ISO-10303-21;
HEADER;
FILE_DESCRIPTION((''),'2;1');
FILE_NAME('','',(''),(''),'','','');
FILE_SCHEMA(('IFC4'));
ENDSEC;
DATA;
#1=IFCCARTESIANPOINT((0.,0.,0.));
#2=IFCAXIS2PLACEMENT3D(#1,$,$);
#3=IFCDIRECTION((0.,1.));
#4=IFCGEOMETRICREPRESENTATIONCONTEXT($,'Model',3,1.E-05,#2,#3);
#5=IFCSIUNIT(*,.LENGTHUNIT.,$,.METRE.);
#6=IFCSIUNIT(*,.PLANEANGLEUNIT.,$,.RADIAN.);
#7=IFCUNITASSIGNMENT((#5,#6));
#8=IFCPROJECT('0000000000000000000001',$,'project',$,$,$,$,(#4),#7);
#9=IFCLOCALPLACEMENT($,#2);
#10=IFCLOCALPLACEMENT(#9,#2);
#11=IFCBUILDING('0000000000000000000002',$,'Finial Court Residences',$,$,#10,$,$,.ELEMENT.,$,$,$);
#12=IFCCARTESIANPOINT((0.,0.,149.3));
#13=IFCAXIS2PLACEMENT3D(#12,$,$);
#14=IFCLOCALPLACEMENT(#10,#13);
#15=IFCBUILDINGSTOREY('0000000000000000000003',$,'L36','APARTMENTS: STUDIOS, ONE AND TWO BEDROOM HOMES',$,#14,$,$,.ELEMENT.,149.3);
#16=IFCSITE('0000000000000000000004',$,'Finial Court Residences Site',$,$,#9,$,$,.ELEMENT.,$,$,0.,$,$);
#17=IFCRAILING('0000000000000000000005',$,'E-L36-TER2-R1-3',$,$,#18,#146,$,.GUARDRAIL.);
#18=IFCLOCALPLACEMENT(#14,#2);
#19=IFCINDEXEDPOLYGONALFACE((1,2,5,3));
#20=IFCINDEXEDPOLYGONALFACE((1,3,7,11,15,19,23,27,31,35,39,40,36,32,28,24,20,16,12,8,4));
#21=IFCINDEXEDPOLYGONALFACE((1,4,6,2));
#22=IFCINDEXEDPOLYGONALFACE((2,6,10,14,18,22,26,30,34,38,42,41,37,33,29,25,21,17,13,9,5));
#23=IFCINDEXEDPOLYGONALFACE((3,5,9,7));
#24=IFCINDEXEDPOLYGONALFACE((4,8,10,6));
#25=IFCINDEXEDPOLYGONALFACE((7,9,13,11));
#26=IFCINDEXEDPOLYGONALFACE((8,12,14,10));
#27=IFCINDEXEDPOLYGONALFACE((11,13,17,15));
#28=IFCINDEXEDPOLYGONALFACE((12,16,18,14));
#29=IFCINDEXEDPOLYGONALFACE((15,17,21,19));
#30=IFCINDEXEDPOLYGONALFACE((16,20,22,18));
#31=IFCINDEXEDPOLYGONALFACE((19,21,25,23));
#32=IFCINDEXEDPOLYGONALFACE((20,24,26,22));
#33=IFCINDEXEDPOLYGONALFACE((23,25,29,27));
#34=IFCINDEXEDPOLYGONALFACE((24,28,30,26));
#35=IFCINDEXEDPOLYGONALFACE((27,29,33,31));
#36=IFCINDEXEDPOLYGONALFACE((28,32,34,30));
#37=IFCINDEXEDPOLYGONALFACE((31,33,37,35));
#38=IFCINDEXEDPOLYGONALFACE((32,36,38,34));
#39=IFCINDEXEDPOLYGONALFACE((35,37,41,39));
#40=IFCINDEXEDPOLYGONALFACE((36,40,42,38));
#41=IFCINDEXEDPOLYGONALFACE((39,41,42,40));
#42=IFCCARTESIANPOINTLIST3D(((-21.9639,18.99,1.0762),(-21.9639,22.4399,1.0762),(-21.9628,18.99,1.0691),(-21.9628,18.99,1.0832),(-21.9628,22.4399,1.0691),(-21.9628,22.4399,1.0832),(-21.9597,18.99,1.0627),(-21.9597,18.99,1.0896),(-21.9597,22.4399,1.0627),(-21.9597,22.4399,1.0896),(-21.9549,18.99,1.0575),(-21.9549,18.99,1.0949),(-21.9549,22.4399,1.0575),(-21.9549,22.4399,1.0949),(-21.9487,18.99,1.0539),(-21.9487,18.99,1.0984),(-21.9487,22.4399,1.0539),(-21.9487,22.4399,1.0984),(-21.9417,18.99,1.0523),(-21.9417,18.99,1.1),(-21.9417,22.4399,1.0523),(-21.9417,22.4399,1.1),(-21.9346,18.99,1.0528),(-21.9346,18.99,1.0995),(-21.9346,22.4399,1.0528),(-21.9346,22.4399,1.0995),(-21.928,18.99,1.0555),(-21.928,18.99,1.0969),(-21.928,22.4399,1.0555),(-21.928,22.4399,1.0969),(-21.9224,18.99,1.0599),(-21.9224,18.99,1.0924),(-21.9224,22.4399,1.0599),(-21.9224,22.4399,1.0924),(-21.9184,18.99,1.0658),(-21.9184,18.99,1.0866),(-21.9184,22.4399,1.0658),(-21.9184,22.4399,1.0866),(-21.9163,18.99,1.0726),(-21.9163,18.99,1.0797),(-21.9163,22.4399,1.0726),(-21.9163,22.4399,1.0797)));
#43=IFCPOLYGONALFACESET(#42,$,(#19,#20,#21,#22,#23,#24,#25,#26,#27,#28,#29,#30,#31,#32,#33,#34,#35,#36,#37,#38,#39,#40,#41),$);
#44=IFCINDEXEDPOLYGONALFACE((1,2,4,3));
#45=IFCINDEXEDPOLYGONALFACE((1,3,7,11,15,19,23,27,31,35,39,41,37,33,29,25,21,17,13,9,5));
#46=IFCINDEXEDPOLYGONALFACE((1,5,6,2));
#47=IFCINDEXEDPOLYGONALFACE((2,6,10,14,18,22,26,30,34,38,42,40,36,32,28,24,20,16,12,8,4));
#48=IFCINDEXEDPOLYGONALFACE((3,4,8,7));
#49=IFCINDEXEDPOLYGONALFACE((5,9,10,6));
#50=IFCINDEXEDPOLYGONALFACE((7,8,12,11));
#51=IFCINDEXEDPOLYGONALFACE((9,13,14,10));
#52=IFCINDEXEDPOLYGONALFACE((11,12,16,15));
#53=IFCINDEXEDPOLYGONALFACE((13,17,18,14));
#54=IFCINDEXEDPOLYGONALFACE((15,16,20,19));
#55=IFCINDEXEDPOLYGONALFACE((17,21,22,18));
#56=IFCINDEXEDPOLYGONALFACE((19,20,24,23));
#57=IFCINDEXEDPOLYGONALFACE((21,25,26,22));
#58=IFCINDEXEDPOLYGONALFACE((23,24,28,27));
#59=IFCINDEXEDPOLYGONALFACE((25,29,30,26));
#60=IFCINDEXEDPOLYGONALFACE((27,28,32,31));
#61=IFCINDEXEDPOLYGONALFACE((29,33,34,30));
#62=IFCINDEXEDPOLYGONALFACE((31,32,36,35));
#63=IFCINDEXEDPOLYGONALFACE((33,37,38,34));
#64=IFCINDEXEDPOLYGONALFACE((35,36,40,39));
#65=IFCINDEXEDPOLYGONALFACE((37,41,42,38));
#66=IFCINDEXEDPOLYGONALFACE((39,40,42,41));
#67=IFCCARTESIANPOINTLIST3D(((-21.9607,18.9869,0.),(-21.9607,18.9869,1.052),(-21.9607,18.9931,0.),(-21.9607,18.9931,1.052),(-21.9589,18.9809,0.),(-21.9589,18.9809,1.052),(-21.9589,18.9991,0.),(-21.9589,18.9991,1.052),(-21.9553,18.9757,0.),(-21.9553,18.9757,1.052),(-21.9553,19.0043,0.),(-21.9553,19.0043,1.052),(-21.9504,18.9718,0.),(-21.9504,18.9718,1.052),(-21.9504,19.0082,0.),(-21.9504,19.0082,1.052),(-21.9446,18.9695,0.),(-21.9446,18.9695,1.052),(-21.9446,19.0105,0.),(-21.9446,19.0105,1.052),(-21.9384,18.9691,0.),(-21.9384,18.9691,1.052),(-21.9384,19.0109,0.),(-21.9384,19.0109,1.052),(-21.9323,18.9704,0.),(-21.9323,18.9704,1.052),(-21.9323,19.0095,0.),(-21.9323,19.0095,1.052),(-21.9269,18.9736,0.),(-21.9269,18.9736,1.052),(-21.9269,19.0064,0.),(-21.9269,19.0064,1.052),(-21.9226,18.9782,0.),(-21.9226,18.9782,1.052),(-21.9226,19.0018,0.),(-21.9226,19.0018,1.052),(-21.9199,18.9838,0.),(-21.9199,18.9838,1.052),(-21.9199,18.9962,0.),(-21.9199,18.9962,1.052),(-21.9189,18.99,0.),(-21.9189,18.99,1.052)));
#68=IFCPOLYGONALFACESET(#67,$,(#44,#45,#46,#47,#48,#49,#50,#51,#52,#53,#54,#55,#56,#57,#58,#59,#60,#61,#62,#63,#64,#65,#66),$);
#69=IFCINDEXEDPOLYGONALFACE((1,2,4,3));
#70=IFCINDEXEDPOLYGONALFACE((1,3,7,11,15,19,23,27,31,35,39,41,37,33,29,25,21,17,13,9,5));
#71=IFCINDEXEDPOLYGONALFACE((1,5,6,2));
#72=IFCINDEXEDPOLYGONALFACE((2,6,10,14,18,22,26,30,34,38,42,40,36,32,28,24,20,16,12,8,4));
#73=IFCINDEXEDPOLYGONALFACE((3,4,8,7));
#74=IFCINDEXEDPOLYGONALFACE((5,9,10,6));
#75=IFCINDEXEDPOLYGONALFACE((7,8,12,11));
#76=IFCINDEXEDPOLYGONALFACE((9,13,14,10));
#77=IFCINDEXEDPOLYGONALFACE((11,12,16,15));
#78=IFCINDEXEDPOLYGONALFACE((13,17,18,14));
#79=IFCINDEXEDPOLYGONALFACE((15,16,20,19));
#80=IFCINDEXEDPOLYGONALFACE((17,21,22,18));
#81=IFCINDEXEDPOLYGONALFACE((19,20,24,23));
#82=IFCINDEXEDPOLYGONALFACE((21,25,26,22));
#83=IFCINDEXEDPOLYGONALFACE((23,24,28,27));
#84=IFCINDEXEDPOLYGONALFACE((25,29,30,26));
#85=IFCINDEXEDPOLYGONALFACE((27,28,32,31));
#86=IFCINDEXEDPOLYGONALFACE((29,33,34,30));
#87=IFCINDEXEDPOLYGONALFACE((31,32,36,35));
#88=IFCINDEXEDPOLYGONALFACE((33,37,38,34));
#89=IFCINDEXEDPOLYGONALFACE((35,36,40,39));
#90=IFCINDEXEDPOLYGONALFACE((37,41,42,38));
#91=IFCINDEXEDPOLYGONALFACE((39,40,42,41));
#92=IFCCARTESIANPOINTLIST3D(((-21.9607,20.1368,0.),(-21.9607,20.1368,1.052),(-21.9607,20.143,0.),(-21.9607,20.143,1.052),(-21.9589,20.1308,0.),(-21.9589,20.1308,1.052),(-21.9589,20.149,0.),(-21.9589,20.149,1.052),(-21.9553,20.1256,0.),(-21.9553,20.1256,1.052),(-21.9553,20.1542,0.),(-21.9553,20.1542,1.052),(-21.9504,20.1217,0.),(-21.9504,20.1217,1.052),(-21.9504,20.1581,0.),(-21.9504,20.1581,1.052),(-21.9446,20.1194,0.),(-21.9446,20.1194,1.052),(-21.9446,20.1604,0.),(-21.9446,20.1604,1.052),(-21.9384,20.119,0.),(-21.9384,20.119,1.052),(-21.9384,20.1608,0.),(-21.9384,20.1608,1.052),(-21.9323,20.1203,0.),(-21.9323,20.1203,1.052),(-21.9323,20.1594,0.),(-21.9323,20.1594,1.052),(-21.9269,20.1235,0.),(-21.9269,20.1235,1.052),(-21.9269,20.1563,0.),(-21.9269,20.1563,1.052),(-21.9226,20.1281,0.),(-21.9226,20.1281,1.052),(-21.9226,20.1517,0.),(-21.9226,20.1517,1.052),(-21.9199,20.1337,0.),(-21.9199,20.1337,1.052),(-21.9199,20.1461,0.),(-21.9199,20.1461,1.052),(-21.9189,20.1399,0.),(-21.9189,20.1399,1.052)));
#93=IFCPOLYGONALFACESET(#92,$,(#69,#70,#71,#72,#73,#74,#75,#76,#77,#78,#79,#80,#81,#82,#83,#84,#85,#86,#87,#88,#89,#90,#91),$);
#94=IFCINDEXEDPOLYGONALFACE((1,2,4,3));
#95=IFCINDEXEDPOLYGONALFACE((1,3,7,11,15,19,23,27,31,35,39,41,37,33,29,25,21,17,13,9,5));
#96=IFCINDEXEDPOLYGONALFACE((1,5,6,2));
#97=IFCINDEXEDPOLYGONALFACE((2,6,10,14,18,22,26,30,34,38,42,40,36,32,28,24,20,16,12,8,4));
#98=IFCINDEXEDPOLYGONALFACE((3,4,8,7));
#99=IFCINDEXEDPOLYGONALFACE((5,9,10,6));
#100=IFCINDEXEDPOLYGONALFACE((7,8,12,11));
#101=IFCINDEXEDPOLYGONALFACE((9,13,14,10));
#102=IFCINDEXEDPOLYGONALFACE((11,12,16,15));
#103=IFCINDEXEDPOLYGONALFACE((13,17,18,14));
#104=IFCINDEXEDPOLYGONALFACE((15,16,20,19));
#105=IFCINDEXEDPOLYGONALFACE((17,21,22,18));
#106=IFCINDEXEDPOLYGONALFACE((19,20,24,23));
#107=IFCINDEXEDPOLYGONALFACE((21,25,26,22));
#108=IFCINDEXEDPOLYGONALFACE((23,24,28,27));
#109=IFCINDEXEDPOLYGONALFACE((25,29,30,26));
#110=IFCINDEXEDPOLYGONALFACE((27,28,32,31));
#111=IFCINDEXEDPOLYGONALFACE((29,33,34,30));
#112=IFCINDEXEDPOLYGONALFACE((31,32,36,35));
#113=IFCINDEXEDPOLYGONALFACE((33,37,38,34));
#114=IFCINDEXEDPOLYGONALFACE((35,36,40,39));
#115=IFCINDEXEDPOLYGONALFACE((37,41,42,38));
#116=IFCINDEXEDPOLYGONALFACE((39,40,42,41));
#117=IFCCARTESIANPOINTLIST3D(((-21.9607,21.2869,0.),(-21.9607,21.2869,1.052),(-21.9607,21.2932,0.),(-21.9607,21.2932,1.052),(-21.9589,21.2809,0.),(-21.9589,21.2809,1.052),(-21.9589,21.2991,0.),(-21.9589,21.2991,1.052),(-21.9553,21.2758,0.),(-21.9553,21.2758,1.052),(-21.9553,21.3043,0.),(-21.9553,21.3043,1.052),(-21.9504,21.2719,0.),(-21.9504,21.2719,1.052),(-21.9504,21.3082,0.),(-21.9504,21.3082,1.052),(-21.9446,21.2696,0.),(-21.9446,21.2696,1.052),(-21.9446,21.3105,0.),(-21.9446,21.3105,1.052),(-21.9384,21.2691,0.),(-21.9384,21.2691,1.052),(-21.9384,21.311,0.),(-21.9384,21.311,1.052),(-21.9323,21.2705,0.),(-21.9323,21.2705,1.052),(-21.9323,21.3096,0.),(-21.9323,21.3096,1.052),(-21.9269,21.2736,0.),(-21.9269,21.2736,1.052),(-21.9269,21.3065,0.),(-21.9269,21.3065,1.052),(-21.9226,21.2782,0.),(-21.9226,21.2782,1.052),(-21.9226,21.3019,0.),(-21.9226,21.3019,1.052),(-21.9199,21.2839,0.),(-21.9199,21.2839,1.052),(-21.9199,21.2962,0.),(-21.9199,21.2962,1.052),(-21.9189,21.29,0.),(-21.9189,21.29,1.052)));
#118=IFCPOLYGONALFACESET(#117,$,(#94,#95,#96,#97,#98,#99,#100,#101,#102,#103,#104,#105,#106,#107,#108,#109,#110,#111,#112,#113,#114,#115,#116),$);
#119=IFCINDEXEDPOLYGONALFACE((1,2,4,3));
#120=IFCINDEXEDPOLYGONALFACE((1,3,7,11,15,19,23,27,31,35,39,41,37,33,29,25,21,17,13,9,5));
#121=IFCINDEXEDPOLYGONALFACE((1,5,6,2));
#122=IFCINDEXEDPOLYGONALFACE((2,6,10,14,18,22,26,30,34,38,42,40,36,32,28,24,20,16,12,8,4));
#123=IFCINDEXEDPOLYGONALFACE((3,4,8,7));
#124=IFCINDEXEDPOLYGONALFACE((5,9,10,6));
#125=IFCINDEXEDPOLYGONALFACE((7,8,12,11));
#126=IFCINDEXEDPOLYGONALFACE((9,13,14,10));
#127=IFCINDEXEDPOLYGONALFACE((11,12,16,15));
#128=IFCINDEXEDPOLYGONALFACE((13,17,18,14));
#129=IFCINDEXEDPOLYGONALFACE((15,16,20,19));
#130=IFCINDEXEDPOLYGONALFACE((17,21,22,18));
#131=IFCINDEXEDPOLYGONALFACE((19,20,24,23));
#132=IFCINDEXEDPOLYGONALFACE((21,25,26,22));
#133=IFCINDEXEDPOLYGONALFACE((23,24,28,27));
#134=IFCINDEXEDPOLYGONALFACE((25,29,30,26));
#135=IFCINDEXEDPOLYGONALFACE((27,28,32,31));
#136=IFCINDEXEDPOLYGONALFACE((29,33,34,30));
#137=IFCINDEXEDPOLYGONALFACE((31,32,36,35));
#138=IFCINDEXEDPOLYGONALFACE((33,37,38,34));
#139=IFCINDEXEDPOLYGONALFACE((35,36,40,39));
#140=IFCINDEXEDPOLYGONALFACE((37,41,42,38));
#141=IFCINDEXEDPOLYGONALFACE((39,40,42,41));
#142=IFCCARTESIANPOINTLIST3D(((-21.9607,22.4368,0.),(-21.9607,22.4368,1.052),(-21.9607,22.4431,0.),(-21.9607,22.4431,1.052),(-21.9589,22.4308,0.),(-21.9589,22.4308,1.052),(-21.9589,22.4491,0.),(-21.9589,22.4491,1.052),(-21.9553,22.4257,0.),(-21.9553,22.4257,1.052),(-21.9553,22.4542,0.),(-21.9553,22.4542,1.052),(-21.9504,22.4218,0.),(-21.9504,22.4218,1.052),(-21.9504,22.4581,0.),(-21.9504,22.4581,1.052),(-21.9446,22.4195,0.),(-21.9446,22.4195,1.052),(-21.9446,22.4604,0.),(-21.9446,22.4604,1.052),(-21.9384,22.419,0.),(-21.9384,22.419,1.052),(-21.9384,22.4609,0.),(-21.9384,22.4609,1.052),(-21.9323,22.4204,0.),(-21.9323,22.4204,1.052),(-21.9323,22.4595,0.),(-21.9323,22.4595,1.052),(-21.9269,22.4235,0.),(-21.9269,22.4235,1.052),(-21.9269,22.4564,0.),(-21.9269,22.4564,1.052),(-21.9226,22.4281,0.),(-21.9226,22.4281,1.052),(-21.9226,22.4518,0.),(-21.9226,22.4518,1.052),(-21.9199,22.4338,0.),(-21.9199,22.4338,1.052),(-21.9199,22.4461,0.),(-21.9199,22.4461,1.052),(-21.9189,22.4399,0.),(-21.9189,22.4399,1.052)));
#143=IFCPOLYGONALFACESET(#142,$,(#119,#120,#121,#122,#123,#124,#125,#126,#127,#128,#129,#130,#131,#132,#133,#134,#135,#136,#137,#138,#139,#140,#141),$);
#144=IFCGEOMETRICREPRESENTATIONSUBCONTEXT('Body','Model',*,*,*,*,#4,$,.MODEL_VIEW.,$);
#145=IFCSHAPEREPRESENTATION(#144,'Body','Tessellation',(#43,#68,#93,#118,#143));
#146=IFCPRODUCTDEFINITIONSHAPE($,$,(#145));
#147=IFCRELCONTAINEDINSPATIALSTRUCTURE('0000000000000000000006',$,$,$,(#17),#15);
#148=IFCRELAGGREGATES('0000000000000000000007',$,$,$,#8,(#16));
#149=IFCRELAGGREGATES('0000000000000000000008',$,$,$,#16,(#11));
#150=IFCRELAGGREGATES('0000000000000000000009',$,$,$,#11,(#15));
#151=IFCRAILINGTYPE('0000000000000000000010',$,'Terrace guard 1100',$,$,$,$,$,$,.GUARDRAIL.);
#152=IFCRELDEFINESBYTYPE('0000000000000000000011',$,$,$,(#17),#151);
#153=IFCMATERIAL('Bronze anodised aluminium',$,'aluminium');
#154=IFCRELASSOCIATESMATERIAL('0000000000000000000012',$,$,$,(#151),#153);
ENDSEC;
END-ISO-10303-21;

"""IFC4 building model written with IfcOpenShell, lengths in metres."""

from ifc_helpers import new_model, si_unit, direction, frame, origin, origin_2d, place, context, subcontext, project, spatial, circle, extrude, material, type_object, element, save


model = new_model("IFC4")

# Units and contexts
model_context = context("Model", 3, precision=1e-05, world=origin(), true_north=direction((0.0, 1.0)))
body_context = subcontext(model_context, "Body", "Model", "MODEL_VIEW")
ifc_project = project(units=[si_unit("LENGTHUNIT", "METRE"), si_unit("PLANEANGLEUNIT", "RADIAN")], contexts=[model_context])

# Site, building, storey
site_placement = place(None, origin())
site = spatial("IfcSite", under=ifc_project, at=site_placement, Name="Finial Court Residences Site", CompositionType="ELEMENT", RefElevation=0.0)
building_placement = place(site_placement, origin())
building = spatial("IfcBuilding", under=site, at=building_placement, Name="Finial Court Residences", CompositionType="ELEMENT")
storey_placement = place(building_placement, frame((0.0, 0.0, 149.3)))
storey = spatial("IfcBuildingStorey", under=building, at=storey_placement, Name="L36", Description="APARTMENTS: STUDIOS, ONE AND TWO BEDROOM HOMES", CompositionType="ELEMENT", Elevation=149.3)

# Shared definitions
ifc_material_1 = material(Name="Bronze anodised aluminium", Category="aluminium")

# Railing
railing_type = type_object("IfcRailingType", Name="Terrace guard 1100", PredefinedType="GUARDRAIL", material=ifc_material_1)
railing_1_placement = place(storey_placement, frame((-21.9399, 18.99, 0.0)))
element("IfcRailing", 1, at=railing_1_placement, inside=storey, type_object=railing_type, Name="E-L36-TER2-R1-3", PredefinedType="GUARDRAIL", context=body_context, shape_type="SweptSolid", body=[
    extrude(circle(Radius=0.0239, at=origin_2d()), frame((0.0, 0.0, 1.0762), z_axis=(0.0, 1.0, 0.0), x_axis=(-1.0, 0.0, 0.0)), (0.0, 0.0, 1.0), 3.45),
    extrude(circle(Radius=0.021, at=origin_2d()), origin(), (0.0, 0.0, 1.0), 1.052),
    extrude(circle(Radius=0.021, at=origin_2d()), frame((0.0, 1.1499, 0.0)), (0.0, 0.0, 1.0), 1.052),
    extrude(circle(Radius=0.021, at=origin_2d()), frame((0.0, 2.3, 0.0)), (0.0, 0.0, 1.0), 1.052),
    extrude(circle(Radius=0.021, at=origin_2d()), frame((0.0, 3.45, 0.0)), (0.0, 0.0, 1.0), 1.052),
])

save(model, "model.ifc")
